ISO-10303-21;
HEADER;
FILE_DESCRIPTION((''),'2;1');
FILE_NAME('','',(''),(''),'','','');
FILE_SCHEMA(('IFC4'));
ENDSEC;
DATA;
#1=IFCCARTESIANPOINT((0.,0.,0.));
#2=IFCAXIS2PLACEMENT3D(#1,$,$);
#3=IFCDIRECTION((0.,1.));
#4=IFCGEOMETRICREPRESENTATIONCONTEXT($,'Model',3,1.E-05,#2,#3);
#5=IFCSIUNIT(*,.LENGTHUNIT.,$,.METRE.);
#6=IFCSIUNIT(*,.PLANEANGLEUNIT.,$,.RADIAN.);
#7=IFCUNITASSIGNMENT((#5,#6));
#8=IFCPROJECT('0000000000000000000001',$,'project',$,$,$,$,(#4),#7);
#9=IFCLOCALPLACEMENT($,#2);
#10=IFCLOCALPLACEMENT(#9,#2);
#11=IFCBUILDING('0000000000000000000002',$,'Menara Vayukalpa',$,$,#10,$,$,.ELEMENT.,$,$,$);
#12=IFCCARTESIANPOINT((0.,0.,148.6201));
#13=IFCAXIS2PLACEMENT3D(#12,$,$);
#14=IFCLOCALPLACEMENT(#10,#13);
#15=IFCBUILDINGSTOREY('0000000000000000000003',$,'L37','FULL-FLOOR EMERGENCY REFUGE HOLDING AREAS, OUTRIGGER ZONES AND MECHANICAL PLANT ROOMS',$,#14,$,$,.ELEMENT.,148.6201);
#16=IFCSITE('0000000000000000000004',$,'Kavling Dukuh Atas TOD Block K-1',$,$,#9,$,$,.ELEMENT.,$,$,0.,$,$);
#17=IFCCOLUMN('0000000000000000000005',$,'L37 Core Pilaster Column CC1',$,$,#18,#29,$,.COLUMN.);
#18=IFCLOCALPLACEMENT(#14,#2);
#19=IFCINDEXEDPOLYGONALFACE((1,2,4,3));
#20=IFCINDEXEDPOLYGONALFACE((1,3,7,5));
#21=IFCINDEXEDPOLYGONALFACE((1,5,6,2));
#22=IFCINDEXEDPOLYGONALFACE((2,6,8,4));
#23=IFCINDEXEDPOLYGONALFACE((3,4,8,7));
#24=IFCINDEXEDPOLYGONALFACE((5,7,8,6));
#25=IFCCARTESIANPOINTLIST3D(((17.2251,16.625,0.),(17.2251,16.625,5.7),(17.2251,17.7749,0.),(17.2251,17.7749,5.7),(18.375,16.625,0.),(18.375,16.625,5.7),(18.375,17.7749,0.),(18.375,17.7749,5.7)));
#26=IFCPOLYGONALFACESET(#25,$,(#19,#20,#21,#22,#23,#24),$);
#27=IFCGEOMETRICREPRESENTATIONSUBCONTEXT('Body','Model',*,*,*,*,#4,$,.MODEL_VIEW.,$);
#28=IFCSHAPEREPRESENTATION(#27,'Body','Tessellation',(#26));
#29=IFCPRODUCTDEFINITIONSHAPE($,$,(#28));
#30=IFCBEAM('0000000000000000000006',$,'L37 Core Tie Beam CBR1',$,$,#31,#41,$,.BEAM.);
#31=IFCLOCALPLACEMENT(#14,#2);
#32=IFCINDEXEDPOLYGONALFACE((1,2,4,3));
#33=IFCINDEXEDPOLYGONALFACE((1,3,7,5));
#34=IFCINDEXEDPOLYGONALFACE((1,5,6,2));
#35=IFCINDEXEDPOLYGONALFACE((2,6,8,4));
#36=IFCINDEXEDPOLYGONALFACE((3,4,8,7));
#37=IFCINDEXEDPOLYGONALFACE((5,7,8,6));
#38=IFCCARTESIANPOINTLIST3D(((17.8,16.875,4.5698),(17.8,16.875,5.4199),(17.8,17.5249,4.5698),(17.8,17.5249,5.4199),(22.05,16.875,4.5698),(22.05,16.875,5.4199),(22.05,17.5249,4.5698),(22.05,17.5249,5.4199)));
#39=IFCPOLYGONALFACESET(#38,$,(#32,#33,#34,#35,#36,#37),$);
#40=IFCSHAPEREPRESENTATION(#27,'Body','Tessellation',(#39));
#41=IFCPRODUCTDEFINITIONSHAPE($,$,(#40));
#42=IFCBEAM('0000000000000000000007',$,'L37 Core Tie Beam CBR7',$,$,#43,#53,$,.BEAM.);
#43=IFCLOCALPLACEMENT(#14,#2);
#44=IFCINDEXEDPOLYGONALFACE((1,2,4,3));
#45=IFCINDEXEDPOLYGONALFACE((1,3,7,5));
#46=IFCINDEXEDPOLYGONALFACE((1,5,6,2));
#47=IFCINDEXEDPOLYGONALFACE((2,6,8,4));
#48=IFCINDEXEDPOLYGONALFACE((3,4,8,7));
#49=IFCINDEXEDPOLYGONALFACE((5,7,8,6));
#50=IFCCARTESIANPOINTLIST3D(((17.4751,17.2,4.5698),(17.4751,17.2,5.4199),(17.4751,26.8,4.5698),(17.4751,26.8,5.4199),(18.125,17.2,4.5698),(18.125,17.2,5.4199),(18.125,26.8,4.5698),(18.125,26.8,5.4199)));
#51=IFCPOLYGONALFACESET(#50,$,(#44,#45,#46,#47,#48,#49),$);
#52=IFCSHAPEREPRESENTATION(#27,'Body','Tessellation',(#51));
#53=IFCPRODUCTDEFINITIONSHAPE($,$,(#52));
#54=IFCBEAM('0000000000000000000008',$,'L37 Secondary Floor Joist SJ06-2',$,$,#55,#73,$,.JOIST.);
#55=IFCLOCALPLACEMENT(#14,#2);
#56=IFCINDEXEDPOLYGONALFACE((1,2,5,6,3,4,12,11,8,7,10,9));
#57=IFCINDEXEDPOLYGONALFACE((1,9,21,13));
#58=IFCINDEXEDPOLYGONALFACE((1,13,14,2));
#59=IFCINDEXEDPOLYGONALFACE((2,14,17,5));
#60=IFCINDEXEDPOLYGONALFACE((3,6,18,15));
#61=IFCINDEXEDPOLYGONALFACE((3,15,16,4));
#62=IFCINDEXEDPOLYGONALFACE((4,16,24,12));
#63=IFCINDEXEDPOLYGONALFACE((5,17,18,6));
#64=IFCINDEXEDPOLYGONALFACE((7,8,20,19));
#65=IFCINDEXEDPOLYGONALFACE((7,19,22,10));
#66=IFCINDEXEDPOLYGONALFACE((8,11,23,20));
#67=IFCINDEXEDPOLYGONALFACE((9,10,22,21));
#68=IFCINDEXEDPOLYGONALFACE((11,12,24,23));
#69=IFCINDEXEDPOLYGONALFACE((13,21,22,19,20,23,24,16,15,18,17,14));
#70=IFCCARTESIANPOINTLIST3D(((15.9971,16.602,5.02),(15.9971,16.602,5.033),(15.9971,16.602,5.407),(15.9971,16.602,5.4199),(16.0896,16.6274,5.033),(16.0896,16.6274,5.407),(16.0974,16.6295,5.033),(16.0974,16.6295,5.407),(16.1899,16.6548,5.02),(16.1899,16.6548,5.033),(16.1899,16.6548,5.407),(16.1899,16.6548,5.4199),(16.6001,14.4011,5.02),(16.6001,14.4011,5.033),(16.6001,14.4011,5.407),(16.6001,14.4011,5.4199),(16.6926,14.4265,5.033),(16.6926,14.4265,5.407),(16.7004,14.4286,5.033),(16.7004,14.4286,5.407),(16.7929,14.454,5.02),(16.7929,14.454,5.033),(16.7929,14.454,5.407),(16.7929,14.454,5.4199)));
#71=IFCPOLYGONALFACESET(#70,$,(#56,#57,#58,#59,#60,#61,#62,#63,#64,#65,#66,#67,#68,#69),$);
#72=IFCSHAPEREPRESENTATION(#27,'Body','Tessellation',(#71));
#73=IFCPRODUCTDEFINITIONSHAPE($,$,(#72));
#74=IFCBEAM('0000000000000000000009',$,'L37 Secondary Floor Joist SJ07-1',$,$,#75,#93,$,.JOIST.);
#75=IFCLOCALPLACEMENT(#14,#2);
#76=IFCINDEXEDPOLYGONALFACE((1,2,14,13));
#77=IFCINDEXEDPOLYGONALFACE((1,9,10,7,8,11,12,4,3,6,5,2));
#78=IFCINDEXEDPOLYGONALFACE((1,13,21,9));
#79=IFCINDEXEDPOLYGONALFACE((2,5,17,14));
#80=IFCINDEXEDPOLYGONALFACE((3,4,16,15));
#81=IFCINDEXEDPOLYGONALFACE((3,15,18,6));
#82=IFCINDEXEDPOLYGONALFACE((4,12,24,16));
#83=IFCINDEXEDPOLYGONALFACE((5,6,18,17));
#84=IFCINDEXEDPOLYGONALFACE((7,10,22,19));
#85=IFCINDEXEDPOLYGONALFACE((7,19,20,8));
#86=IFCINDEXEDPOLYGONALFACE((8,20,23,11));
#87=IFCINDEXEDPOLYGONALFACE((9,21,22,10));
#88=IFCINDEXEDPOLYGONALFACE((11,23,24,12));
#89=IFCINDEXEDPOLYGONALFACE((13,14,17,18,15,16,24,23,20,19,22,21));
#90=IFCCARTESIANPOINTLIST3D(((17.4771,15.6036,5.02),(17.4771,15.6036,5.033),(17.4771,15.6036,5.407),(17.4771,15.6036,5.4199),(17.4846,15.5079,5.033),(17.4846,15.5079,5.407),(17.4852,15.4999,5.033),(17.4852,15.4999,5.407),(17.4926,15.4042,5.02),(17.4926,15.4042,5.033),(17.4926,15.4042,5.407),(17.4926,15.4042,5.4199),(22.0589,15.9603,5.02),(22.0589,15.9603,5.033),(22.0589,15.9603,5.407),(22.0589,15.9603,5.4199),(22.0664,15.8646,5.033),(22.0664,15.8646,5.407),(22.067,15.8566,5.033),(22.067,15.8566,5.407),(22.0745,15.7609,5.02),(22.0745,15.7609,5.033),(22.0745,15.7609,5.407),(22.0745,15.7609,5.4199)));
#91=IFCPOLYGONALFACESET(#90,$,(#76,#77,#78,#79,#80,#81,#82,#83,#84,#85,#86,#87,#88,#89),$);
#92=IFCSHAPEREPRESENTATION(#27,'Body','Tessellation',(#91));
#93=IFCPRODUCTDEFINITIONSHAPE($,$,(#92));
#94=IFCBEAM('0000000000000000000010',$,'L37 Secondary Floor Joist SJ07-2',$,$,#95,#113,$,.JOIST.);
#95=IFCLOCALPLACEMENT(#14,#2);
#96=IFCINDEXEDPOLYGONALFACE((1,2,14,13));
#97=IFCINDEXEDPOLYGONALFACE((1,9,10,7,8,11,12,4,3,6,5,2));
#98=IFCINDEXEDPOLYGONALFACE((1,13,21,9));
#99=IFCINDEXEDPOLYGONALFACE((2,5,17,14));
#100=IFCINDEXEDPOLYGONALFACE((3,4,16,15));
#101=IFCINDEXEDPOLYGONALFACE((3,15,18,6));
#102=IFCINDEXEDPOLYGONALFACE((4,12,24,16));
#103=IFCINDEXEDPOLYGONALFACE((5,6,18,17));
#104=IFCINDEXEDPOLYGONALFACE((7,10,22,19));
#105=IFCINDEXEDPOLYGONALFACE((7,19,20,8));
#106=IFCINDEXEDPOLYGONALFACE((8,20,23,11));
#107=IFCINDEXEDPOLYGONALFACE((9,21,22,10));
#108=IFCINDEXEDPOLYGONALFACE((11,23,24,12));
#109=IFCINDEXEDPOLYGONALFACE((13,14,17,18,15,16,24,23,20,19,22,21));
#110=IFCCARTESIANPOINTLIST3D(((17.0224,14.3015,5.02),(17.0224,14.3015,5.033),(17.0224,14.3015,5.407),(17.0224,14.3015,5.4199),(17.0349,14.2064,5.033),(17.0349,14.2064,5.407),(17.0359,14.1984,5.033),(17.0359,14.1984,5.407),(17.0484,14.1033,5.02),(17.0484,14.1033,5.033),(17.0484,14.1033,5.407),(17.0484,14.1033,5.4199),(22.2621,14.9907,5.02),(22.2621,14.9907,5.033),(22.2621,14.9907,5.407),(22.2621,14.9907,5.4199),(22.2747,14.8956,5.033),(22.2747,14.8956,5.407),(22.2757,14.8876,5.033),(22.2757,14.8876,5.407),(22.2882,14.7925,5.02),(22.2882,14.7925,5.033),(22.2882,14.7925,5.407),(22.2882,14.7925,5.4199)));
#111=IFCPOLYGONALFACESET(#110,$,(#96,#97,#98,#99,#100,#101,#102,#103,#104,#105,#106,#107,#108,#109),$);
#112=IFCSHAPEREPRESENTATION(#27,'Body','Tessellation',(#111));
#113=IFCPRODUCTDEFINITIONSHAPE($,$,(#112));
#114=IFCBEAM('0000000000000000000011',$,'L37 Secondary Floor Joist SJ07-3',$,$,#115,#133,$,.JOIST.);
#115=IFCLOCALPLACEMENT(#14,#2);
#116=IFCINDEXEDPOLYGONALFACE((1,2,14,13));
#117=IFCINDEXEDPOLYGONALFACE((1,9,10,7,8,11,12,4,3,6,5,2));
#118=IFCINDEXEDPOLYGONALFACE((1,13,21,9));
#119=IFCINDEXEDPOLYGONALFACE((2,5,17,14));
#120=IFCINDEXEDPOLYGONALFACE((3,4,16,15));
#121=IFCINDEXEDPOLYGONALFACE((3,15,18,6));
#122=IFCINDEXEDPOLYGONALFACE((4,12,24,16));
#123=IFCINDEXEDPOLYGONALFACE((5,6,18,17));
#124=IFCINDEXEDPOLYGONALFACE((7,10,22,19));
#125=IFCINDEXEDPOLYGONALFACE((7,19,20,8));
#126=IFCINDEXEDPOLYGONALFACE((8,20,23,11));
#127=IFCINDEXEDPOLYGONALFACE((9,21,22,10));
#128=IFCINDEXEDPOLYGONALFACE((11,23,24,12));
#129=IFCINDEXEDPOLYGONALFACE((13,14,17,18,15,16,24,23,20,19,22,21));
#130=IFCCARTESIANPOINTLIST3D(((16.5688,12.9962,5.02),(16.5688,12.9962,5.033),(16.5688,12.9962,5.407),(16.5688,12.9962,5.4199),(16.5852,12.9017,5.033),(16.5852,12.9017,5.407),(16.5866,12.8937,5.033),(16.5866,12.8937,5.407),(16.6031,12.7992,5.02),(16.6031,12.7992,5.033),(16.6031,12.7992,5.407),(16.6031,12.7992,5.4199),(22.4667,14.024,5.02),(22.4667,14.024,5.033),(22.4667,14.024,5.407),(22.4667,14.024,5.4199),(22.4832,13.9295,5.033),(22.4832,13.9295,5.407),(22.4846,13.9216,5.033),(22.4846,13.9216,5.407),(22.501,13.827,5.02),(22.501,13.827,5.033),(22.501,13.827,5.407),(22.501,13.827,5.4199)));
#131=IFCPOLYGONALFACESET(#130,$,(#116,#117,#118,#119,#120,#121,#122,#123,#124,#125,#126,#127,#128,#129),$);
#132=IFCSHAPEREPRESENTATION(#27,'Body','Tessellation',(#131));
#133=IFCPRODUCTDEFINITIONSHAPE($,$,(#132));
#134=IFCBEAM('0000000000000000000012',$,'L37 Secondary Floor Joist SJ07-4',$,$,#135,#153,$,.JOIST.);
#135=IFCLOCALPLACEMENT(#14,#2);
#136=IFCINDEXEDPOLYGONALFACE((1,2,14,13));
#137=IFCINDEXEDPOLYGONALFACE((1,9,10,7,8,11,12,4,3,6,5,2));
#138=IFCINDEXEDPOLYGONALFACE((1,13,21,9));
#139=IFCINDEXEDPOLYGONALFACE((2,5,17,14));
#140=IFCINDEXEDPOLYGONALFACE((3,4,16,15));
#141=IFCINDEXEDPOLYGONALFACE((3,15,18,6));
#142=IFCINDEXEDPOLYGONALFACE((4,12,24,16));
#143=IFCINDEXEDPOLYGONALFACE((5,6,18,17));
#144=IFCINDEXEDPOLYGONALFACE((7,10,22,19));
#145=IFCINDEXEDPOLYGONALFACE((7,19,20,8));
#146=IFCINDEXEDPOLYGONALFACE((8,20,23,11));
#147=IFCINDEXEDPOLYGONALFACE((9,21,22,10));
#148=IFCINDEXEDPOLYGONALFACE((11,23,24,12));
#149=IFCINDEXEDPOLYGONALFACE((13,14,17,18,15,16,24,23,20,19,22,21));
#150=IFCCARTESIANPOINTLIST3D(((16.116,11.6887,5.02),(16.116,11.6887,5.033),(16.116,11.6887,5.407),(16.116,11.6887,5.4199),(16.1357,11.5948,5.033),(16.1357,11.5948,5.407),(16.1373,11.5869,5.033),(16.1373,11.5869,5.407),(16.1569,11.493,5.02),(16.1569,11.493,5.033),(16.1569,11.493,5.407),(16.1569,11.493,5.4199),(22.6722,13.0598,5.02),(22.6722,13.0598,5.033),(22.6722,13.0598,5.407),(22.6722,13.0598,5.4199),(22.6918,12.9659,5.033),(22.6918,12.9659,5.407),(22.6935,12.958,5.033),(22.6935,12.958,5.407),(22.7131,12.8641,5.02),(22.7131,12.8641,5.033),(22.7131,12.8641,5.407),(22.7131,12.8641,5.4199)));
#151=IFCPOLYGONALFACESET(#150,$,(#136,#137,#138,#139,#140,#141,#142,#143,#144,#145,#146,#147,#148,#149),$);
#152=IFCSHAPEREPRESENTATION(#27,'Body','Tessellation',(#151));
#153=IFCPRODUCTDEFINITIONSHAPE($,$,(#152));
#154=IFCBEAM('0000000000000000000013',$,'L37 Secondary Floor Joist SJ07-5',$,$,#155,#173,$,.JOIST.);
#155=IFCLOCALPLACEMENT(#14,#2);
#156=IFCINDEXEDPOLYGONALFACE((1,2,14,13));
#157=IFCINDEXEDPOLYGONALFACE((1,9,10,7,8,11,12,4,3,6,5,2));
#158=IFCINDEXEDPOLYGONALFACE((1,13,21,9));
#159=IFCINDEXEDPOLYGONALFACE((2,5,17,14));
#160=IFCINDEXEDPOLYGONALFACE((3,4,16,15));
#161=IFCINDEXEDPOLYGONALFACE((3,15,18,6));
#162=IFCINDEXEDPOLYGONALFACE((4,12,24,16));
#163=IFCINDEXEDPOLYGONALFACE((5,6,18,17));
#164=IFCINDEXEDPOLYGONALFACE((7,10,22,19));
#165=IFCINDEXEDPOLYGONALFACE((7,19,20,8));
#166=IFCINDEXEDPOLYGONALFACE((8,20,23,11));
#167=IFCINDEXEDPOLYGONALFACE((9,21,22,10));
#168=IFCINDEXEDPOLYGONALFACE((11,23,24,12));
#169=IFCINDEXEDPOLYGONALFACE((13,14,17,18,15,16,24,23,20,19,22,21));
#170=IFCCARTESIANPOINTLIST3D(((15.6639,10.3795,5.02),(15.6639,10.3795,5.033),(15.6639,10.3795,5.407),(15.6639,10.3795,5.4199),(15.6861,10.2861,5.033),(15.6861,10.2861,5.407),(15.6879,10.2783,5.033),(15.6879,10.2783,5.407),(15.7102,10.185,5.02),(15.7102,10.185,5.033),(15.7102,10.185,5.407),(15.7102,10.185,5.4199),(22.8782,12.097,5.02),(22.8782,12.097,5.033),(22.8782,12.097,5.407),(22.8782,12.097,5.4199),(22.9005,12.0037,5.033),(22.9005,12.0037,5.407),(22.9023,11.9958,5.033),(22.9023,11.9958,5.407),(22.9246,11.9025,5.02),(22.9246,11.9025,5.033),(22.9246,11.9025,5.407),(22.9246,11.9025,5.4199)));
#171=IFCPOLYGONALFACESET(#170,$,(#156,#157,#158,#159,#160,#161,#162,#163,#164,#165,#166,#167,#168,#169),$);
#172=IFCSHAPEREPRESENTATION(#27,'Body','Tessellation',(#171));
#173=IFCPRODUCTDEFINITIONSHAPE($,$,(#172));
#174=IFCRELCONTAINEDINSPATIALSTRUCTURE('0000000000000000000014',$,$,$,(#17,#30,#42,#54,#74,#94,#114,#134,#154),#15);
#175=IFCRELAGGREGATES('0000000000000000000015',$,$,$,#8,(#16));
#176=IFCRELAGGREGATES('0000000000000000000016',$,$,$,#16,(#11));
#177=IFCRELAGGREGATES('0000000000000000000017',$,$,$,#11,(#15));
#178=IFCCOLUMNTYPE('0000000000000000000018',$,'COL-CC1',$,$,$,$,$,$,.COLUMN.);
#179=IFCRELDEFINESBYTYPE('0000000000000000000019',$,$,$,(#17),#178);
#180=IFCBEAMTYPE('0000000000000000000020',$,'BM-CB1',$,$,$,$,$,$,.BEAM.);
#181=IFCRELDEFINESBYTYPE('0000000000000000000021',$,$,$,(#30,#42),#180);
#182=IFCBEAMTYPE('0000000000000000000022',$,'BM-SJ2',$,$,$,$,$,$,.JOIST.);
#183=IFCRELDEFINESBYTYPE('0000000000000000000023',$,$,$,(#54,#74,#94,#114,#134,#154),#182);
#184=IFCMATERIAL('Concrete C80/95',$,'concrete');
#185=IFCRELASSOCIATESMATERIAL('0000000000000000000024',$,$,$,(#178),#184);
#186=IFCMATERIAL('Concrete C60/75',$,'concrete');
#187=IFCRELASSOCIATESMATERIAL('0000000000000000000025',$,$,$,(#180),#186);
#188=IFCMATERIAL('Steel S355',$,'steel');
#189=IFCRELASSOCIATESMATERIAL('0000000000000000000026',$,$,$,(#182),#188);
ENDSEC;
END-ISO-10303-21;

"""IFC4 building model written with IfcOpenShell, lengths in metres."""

from ifc_helpers import new_model, si_unit, direction, frame, origin, origin_2d, place, context, subcontext, project, spatial, rectangle, i_section, extrude, material, material_profile, profile_set, type_object, element, save


model = new_model("IFC4")

# Units and contexts
model_context = context("Model", 3, precision=1e-05, world=origin(), true_north=direction((0.0, 1.0)))
body_context = subcontext(model_context, "Body", "Model", "MODEL_VIEW")
ifc_project = project(units=[si_unit("LENGTHUNIT", "METRE"), si_unit("PLANEANGLEUNIT", "RADIAN")], contexts=[model_context])

# Site, building, storey
site_placement = place(None, origin())
site = spatial("IfcSite", under=ifc_project, at=site_placement, Name="Kavling Dukuh Atas TOD Block K-1", CompositionType="ELEMENT", RefElevation=0.0)
building_placement = place(site_placement, origin())
building = spatial("IfcBuilding", under=site, at=building_placement, Name="Menara Vayukalpa", CompositionType="ELEMENT")
storey_placement = place(building_placement, frame((0.0, 0.0, 148.6201)))
storey = spatial("IfcBuildingStorey", under=building, at=storey_placement, Name="L37", Description="FULL-FLOOR EMERGENCY REFUGE HOLDING AREAS, OUTRIGGER ZONES AND MECHANICAL PLANT ROOMS", CompositionType="ELEMENT", Elevation=148.6201)

# Column
ifc_material_1 = material(Name="Concrete C80/95", Category="concrete")
ifc_material_profile_1 = material_profile(ifc_material_1, rectangle(XDim=1.1499, YDim=1.1499, at=origin_2d()), Name="RC 1150x1150")
ifc_profile_set_1 = profile_set([ifc_material_profile_1], Name="Concrete C80/95")
column_type = type_object("IfcColumnType", Name="COL-CC1", PredefinedType="COLUMN", material=ifc_profile_set_1)
column_placement = place(storey_placement, frame((17.8, 17.2, 0.0), z_axis=(0.0, 0.0, 1.0), x_axis=(1.0, 0.0, 0.0)))
element("IfcColumn", 1, at=column_placement, inside=storey, type_object=column_type, Name="L37 Core Pilaster Column CC1", PredefinedType="COLUMN", context=body_context, shape_type="SweptSolid", body=[
    extrude(rectangle(XDim=1.1499, YDim=1.1499, at=origin_2d()), origin(), (0.0, 0.0, 1.0), 5.7),
])

# Beams
ifc_material_2 = material(Name="Concrete C60/75", Category="concrete")
ifc_material_profile_2 = material_profile(ifc_material_2, rectangle(XDim=0.6499, YDim=0.8501, at=origin_2d()), Name="RC 650x850")
ifc_profile_set_2 = profile_set([ifc_material_profile_2], Name="Concrete C60/75")
beam_type_1 = type_object("IfcBeamType", Name="BM-CB1", PredefinedType="BEAM", material=ifc_profile_set_2)
beam_1_placement = place(storey_placement, frame((17.8, 17.2, 4.9949), z_axis=(1.0, 0.0, 0.0), x_axis=(0.0, 1.0, 0.0)))
element("IfcBeam", 2, at=beam_1_placement, inside=storey, type_object=beam_type_1, Name="L37 Core Tie Beam CBR1", PredefinedType="BEAM", context=body_context, shape_type="SweptSolid", body=[
    extrude(rectangle(XDim=0.6499, YDim=0.8501, at=origin_2d()), origin(), (0.0, 0.0, 1.0), 4.25),
])
beam_2_placement = place(storey_placement, frame((17.8, 17.2, 4.9949), z_axis=(0.0, 1.0, 0.0), x_axis=(-1.0, 0.0, 0.0)))
element("IfcBeam", 3, at=beam_2_placement, inside=storey, type_object=beam_type_1, Name="L37 Core Tie Beam CBR7", PredefinedType="BEAM", context=body_context, shape_type="SweptSolid", body=[
    extrude(rectangle(XDim=0.6499, YDim=0.8501, at=origin_2d()), origin(), (0.0, 0.0, 1.0), 9.6001),
])
ifc_material_3 = material(Name="Steel S355", Category="steel")
ifc_material_profile_3 = material_profile(ifc_material_3, i_section(OverallWidth=0.2, OverallDepth=0.3999, WebThickness=0.0081, FlangeThickness=0.0129, at=origin_2d()), Name="WF 400x200x8x13")
ifc_profile_set_3 = profile_set([ifc_material_profile_3], Name="Steel S355")
beam_type_2 = type_object("IfcBeamType", Name="BM-SJ2", PredefinedType="JOIST", material=ifc_profile_set_3)
beam_3_placement = place(storey_placement, frame((16.0935, 16.6284, 5.22), z_axis=(0.264249, -0.964455, 0.0), x_axis=(0.964455, 0.264249, 0.0)))
element("IfcBeam", 4, at=beam_3_placement, inside=storey, type_object=beam_type_2, Name="L37 Secondary Floor Joist SJ06-2", PredefinedType="JOIST", context=body_context, shape_type="SweptSolid", body=[
    extrude(i_section(OverallWidth=0.2, OverallDepth=0.3999, WebThickness=0.0081, FlangeThickness=0.0129, at=origin_2d()), origin(), (0.0, 0.0, 1.0), 2.282),
])
beam_4_placement = place(storey_placement, frame((17.4849, 15.5039, 5.22), z_axis=(0.996983, 0.077615, 0.0), x_axis=(-0.077615, 0.996983, 0.0)))
element("IfcBeam", 5, at=beam_4_placement, inside=storey, type_object=beam_type_2, Name="L37 Secondary Floor Joist SJ07-1", PredefinedType="JOIST", context=body_context, shape_type="SweptSolid", body=[
    extrude(i_section(OverallWidth=0.2, OverallDepth=0.3999, WebThickness=0.0081, FlangeThickness=0.0129, at=origin_2d()), origin(), (0.0, 0.0, 1.0), 4.5957),
])
beam_5_placement = place(storey_placement, frame((17.0354, 14.2024, 5.22), z_axis=(0.99146, 0.130411, 0.0), x_axis=(-0.130411, 0.99146, 0.0)))
element("IfcBeam", 6, at=beam_5_placement, inside=storey, type_object=beam_type_2, Name="L37 Secondary Floor Joist SJ07-2", PredefinedType="JOIST", context=body_context, shape_type="SweptSolid", body=[
    extrude(i_section(OverallWidth=0.2, OverallDepth=0.3999, WebThickness=0.0081, FlangeThickness=0.0129, at=origin_2d()), origin(), (0.0, 0.0, 1.0), 5.2849),
])
beam_6_placement = place(storey_placement, frame((16.5859, 12.8977, 5.22), z_axis=(0.985152, 0.171682, 0.0), x_axis=(-0.171682, 0.985152, 0.0)))
element("IfcBeam", 7, at=beam_6_placement, inside=storey, type_object=beam_type_2, Name="L37 Secondary Floor Joist SJ07-3", PredefinedType="JOIST", context=body_context, shape_type="SweptSolid", body=[
    extrude(i_section(OverallWidth=0.2, OverallDepth=0.3999, WebThickness=0.0081, FlangeThickness=0.0129, at=origin_2d()), origin(), (0.0, 0.0, 1.0), 5.9868),
])
beam_7_placement = place(storey_placement, frame((16.1365, 11.5908, 5.22), z_axis=(0.978824, 0.204702, 0.0), x_axis=(-0.204702, 0.978824, 0.0)))
element("IfcBeam", 8, at=beam_7_placement, inside=storey, type_object=beam_type_2, Name="L37 Secondary Floor Joist SJ07-4", PredefinedType="JOIST", context=body_context, shape_type="SweptSolid", body=[
    extrude(i_section(OverallWidth=0.2, OverallDepth=0.3999, WebThickness=0.0081, FlangeThickness=0.0129, at=origin_2d()), origin(), (0.0, 0.0, 1.0), 6.698),
])
beam_8_placement = place(storey_placement, frame((15.687, 10.2822, 5.22), z_axis=(0.972812, 0.231598, 0.0), x_axis=(-0.231598, 0.972812, 0.0)))
element("IfcBeam", 9, at=beam_8_placement, inside=storey, type_object=beam_type_2, Name="L37 Secondary Floor Joist SJ07-5", PredefinedType="JOIST", context=body_context, shape_type="SweptSolid", body=[
    extrude(i_section(OverallWidth=0.2, OverallDepth=0.3999, WebThickness=0.0081, FlangeThickness=0.0129, at=origin_2d()), origin(), (0.0, 0.0, 1.0), 7.416),
])

save(model, "model.ifc")
